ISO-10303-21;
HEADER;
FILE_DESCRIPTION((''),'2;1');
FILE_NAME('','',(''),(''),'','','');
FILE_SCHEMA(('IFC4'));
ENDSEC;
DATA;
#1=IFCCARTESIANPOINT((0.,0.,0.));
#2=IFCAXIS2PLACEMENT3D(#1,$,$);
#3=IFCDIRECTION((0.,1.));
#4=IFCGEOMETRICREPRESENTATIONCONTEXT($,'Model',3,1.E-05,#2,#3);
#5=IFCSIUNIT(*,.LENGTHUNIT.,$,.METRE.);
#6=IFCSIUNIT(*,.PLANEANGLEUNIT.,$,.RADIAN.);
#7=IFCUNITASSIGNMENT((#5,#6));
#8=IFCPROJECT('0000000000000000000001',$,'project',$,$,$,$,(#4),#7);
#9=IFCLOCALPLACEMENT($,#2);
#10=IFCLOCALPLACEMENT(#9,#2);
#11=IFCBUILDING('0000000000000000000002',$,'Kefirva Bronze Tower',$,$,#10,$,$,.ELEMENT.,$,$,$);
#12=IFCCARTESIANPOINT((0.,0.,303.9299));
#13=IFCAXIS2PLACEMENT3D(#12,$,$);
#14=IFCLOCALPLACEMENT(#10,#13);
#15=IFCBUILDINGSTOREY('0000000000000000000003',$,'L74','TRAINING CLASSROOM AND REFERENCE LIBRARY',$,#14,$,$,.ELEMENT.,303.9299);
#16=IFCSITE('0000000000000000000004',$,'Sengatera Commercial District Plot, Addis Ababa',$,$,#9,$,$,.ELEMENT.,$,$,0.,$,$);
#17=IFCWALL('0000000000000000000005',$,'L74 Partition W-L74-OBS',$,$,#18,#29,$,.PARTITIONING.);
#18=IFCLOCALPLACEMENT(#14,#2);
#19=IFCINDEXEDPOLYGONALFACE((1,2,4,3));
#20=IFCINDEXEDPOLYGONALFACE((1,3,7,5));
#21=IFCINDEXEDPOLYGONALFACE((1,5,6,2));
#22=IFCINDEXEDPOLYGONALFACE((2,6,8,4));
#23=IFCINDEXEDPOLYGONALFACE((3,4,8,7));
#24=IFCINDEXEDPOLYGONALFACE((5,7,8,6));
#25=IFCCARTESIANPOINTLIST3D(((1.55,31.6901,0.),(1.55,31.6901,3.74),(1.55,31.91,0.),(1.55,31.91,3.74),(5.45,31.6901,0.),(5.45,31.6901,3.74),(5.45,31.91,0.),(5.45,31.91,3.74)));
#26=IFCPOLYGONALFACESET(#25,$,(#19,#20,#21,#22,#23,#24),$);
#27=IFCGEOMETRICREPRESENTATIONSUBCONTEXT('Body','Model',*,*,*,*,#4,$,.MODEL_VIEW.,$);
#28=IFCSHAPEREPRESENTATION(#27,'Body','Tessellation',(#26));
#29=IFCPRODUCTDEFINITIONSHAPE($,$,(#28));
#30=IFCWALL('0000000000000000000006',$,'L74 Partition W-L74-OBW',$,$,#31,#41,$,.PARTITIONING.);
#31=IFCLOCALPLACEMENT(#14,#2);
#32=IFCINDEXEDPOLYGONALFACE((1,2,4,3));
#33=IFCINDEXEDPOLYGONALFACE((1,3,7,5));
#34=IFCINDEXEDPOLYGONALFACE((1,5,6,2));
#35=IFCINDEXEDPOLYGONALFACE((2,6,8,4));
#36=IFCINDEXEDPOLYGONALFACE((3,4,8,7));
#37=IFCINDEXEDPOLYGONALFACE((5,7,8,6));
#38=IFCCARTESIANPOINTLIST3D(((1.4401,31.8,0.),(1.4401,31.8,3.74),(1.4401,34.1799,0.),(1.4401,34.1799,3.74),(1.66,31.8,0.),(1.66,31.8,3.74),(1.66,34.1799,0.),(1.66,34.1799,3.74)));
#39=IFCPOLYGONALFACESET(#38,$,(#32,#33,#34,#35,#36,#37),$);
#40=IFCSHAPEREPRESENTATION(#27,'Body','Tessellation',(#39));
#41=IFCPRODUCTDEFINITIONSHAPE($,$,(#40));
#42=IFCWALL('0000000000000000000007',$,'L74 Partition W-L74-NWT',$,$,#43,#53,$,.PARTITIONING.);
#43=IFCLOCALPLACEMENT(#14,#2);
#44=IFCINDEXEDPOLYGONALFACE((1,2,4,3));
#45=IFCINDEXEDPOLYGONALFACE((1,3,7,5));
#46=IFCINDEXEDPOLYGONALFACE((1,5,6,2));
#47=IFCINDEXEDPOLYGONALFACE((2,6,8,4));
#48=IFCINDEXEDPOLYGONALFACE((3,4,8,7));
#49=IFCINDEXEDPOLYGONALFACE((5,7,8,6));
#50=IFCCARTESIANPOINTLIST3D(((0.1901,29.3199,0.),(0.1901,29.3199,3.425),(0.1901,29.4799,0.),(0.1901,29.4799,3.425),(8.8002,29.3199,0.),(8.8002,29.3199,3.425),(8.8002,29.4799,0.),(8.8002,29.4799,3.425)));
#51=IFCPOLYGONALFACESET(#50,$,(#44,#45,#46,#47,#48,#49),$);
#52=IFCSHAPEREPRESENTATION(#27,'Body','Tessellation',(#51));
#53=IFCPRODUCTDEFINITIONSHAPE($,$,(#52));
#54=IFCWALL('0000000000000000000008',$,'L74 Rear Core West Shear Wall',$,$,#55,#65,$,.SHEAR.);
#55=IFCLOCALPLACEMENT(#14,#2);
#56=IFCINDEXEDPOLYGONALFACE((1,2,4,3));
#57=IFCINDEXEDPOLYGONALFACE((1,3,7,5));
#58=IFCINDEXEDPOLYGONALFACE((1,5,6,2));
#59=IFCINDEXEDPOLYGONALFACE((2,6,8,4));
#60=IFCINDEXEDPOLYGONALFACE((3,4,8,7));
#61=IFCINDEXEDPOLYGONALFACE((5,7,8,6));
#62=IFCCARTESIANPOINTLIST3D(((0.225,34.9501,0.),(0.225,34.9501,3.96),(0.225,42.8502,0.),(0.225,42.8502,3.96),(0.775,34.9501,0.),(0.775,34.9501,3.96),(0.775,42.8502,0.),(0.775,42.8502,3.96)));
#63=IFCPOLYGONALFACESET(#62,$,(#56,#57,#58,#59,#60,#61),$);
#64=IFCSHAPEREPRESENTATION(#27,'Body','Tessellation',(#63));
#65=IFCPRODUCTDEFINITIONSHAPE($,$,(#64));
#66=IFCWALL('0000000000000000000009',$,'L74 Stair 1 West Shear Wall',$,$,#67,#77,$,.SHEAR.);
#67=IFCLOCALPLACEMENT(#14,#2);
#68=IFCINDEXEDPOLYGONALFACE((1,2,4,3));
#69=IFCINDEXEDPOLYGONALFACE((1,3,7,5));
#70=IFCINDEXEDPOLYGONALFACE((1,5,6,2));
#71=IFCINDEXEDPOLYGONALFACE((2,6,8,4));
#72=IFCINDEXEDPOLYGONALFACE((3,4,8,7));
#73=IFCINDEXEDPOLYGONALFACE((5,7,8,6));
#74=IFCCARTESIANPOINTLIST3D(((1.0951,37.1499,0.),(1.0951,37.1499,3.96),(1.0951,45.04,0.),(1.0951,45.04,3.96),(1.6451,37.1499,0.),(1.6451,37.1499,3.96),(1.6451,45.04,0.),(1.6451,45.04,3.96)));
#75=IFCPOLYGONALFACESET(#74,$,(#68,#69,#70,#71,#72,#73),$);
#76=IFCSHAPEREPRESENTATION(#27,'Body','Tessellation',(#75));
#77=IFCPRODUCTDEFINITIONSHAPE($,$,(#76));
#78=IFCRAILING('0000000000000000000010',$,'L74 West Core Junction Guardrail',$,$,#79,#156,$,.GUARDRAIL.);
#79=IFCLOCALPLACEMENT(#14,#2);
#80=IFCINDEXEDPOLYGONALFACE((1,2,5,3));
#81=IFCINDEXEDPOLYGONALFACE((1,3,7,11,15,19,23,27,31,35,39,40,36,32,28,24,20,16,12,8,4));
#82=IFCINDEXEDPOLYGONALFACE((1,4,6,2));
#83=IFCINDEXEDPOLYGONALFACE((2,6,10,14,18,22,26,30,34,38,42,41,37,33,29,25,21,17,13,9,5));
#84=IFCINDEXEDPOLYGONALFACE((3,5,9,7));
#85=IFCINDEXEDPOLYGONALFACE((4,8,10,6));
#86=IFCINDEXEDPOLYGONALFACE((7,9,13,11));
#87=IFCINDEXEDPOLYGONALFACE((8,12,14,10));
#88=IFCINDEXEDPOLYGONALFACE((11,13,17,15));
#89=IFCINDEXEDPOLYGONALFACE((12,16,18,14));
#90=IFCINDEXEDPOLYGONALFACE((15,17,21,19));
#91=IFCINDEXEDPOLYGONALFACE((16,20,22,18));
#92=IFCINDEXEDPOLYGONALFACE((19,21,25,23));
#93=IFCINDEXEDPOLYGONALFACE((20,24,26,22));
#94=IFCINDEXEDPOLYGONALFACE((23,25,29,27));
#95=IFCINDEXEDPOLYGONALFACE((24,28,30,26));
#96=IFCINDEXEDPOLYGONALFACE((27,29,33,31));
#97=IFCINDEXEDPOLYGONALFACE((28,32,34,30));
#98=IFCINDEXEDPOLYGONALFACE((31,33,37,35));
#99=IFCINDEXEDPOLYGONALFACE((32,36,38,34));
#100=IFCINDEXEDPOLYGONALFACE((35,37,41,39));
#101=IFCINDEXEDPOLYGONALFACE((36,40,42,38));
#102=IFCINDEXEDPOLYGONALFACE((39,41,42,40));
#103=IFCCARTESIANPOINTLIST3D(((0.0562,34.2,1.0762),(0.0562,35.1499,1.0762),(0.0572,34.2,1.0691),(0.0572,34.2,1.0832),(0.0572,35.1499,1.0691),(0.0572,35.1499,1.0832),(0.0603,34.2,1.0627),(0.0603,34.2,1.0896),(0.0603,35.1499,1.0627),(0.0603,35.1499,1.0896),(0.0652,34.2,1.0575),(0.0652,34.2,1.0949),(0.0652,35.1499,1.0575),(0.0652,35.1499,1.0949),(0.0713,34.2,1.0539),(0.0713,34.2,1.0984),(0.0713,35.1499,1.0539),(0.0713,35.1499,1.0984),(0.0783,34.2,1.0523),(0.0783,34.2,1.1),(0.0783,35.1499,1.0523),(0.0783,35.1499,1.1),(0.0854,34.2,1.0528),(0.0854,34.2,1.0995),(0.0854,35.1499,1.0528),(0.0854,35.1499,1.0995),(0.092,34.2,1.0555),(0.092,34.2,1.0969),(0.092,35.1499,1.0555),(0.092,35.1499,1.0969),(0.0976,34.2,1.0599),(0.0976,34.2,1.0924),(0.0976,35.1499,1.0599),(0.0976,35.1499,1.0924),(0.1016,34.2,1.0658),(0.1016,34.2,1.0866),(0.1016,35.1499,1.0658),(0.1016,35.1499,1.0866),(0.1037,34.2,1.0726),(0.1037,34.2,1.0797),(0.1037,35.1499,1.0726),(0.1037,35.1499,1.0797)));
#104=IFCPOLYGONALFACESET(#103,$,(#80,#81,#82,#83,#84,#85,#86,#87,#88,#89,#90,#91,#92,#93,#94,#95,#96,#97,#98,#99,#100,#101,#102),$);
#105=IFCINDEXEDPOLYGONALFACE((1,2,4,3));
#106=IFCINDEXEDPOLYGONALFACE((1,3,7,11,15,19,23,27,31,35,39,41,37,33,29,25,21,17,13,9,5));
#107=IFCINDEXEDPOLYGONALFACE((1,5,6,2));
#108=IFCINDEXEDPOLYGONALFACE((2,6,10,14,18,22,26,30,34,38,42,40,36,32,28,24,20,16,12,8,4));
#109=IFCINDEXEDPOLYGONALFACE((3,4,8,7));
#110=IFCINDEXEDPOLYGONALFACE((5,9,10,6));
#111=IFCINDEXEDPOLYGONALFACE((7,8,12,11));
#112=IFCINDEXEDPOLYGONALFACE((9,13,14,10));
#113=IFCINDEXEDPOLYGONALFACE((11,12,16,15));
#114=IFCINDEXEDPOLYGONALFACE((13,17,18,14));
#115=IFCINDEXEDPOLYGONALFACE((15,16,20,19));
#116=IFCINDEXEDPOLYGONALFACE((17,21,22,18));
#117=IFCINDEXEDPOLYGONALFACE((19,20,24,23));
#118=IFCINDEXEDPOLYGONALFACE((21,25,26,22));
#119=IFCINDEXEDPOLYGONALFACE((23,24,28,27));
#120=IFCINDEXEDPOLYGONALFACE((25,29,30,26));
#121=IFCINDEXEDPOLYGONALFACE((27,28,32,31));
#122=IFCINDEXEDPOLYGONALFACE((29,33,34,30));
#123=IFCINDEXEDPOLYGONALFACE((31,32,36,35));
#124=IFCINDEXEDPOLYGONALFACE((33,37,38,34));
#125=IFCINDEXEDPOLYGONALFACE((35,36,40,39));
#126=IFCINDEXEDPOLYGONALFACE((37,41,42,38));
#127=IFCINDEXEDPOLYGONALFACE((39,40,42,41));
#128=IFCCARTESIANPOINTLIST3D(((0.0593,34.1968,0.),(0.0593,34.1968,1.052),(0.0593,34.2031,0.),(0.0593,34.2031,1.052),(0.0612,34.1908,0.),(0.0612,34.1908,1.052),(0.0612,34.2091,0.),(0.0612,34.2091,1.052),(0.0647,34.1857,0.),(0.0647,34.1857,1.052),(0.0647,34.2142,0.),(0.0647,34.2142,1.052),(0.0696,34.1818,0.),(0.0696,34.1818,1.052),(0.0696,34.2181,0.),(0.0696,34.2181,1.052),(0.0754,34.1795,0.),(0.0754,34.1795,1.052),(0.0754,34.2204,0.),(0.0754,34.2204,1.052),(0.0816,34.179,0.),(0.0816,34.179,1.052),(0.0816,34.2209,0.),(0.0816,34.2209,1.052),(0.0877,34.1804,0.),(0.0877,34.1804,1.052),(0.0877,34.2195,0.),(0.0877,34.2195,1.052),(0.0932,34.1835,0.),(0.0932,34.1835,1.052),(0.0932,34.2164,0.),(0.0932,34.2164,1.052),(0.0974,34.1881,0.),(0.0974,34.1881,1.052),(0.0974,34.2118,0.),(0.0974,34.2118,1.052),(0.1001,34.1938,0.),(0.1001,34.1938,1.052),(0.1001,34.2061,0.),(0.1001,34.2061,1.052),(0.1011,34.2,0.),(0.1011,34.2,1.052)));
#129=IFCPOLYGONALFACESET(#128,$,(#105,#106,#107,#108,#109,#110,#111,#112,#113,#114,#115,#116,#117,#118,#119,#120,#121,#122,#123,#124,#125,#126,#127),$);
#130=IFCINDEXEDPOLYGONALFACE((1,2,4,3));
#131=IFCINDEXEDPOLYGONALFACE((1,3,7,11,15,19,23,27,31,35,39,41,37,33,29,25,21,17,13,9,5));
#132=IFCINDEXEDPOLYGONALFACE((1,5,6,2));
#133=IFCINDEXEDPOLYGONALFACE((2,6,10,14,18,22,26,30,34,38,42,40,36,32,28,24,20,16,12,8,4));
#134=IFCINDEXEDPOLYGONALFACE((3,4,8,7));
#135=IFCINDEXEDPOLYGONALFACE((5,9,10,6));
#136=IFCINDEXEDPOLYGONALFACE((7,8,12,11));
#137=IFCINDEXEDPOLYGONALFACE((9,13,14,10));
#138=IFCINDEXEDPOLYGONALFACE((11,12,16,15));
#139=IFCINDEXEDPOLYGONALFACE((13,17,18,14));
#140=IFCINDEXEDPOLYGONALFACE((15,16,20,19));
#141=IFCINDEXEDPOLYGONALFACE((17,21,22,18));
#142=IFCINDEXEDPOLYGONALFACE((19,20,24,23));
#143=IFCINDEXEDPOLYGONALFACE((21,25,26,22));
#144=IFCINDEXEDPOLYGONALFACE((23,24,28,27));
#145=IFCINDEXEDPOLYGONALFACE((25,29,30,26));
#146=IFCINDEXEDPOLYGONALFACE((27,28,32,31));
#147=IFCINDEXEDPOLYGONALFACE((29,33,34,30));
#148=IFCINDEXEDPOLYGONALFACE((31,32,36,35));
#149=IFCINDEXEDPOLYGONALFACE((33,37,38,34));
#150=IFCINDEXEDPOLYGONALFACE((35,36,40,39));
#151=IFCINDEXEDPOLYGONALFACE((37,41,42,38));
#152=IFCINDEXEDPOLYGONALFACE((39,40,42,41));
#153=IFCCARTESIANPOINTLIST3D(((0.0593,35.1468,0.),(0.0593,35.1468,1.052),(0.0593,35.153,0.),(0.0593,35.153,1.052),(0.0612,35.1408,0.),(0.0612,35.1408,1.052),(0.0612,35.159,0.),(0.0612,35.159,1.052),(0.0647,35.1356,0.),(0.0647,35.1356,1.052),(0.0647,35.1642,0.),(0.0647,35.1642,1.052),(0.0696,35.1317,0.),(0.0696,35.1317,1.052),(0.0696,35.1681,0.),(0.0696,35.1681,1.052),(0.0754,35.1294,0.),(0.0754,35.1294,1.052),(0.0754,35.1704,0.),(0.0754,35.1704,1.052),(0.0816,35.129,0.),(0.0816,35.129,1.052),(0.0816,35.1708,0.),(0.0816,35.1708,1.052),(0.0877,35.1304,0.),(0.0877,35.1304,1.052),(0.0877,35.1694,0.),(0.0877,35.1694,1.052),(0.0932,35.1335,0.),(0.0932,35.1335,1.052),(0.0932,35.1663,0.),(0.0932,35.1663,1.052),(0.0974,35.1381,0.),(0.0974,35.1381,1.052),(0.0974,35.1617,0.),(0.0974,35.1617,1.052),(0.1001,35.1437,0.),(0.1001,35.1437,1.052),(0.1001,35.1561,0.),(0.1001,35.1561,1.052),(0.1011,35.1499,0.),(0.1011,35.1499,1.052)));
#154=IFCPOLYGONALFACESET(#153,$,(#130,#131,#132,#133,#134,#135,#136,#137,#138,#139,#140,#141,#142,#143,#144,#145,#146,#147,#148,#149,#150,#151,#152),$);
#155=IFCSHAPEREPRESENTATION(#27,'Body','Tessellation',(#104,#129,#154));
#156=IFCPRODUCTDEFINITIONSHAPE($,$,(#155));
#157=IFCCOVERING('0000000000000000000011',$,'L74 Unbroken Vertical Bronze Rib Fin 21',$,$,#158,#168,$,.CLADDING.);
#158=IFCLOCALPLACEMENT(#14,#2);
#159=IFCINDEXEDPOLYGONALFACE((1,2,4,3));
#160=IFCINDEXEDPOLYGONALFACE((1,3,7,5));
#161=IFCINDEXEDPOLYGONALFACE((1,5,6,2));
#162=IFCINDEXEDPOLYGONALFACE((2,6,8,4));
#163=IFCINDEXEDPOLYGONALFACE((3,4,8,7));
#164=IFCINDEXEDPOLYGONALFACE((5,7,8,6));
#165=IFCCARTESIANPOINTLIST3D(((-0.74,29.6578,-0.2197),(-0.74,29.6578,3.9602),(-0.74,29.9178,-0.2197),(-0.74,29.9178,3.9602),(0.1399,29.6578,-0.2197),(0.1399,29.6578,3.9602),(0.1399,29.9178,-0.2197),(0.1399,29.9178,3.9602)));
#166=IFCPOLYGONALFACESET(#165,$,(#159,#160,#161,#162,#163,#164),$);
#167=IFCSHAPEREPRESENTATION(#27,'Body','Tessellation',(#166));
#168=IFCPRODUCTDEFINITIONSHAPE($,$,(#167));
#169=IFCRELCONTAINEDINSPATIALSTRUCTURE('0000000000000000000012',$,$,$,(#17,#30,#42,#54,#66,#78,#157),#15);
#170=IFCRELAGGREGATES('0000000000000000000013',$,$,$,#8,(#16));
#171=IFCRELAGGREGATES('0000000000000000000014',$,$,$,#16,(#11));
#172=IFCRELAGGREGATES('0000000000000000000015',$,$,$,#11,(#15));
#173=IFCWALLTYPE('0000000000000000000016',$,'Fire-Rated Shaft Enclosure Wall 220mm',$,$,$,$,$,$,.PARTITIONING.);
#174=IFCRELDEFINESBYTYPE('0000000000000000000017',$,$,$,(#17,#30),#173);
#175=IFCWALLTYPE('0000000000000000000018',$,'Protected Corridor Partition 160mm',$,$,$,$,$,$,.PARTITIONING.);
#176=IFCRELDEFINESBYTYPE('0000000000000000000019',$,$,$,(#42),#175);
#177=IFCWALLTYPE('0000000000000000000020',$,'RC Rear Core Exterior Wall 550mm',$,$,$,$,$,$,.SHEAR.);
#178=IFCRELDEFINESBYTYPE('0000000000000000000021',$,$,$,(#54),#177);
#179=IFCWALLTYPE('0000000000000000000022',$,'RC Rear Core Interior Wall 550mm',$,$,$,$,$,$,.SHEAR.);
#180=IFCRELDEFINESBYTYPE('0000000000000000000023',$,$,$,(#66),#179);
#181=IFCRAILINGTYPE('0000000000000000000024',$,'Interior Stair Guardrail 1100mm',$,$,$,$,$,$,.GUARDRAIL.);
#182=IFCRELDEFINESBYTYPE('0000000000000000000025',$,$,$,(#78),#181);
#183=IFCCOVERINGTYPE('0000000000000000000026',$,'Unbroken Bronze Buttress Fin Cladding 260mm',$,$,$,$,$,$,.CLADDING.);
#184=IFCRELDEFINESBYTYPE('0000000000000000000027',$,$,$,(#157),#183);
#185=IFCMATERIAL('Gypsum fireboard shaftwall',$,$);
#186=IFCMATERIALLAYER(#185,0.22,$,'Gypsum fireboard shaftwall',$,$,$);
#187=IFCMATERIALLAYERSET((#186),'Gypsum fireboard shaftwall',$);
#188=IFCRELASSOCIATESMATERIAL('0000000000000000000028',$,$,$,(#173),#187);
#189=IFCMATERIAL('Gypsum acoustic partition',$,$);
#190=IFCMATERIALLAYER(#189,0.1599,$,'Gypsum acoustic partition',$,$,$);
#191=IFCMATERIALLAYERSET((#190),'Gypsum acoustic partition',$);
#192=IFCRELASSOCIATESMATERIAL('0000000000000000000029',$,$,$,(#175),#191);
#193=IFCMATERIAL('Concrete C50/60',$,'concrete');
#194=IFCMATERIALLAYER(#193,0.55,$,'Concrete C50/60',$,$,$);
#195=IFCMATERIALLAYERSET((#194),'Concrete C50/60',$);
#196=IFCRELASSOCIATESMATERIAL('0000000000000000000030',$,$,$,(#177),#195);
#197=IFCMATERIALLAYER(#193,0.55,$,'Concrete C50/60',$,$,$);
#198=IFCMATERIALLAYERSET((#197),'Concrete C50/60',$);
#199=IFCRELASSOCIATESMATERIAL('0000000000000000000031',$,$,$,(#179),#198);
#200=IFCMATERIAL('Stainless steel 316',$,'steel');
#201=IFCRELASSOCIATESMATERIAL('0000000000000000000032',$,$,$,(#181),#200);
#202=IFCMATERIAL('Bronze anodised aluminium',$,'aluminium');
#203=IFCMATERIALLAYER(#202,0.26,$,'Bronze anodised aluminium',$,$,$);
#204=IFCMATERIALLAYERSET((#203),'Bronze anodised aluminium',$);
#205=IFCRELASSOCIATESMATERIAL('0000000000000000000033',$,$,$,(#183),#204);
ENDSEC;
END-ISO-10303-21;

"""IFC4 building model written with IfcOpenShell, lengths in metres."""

from ifc_helpers import new_model, si_unit, direction, frame, frame_2d, origin, origin_2d, place, context, subcontext, project, spatial, rectangle, circle, extrude, material, layer, layer_set, type_object, element, save


model = new_model("IFC4")

# Units and contexts
model_context = context("Model", 3, precision=1e-05, world=origin(), true_north=direction((0.0, 1.0)))
body_context = subcontext(model_context, "Body", "Model", "MODEL_VIEW")
ifc_project = project(units=[si_unit("LENGTHUNIT", "METRE"), si_unit("PLANEANGLEUNIT", "RADIAN")], contexts=[model_context])

# Site, building, storey
site_placement = place(None, origin())
site = spatial("IfcSite", under=ifc_project, at=site_placement, Name="Sengatera Commercial District Plot, Addis Ababa", CompositionType="ELEMENT", RefElevation=0.0)
building_placement = place(site_placement, origin())
building = spatial("IfcBuilding", under=site, at=building_placement, Name="Kefirva Bronze Tower", CompositionType="ELEMENT")
storey_placement = place(building_placement, frame((0.0, 0.0, 303.9299)))
storey = spatial("IfcBuildingStorey", under=building, at=storey_placement, Name="L74", Description="TRAINING CLASSROOM AND REFERENCE LIBRARY", CompositionType="ELEMENT", Elevation=303.9299)

# Shared definitions
ifc_material_1 = material(Name="Concrete C50/60", Category="concrete")

# Shared definitions
ifc_material_2 = material(Name="Bronze anodised aluminium", Category="aluminium")

# Walls
ifc_material_3 = material(Name="Gypsum fireboard shaftwall")
ifc_layer_1 = layer(ifc_material_3, 0.22, Name="Gypsum fireboard shaftwall")
ifc_layer_set_1 = layer_set([ifc_layer_1], Name="Gypsum fireboard shaftwall")
wall_type_1 = type_object("IfcWallType", Name="Fire-Rated Shaft Enclosure Wall 220mm", PredefinedType="PARTITIONING", material=ifc_layer_set_1)
wall_1_placement = place(storey_placement, frame((1.55, 31.8, 0.0), z_axis=(0.0, 0.0, 1.0), x_axis=(1.0, 0.0, 0.0)))
element("IfcWall", 1, at=wall_1_placement, inside=storey, type_object=wall_type_1, Name="L74 Partition W-L74-OBS", PredefinedType="PARTITIONING", context=body_context, shape_type="SweptSolid", body=[
    extrude(rectangle(XDim=3.8999, YDim=0.22, at=frame_2d((1.95, 0.0))), origin(), (0.0, 0.0, 1.0), 3.74),
])
wall_2_placement = place(storey_placement, frame((1.55, 31.8, 0.0), z_axis=(0.0, 0.0, 1.0), x_axis=(0.0, 1.0, 0.0)))
element("IfcWall", 2, at=wall_2_placement, inside=storey, type_object=wall_type_1, Name="L74 Partition W-L74-OBW", PredefinedType="PARTITIONING", context=body_context, shape_type="SweptSolid", body=[
    extrude(rectangle(XDim=2.3799, YDim=0.22, at=frame_2d((1.1899, 0.0))), origin(), (0.0, 0.0, 1.0), 3.74),
])
ifc_material_4 = material(Name="Gypsum acoustic partition")
ifc_layer_2 = layer(ifc_material_4, 0.1599, Name="Gypsum acoustic partition")
ifc_layer_set_2 = layer_set([ifc_layer_2], Name="Gypsum acoustic partition")
wall_type_2 = type_object("IfcWallType", Name="Protected Corridor Partition 160mm", PredefinedType="PARTITIONING", material=ifc_layer_set_2)
wall_3_placement = place(storey_placement, frame((0.1899, 29.3999, 0.0), z_axis=(0.0, 0.0, 1.0), x_axis=(1.0, 0.0, 0.0)))
element("IfcWall", 3, at=wall_3_placement, inside=storey, type_object=wall_type_2, Name="L74 Partition W-L74-NWT", PredefinedType="PARTITIONING", context=body_context, shape_type="SweptSolid", body=[
    extrude(rectangle(XDim=8.6101, YDim=0.1599, at=frame_2d((4.3052, 0.0))), origin(), (0.0, 0.0, 1.0), 3.425),
])
ifc_layer_3 = layer(ifc_material_1, 0.55, Name="Concrete C50/60")
ifc_layer_set_3 = layer_set([ifc_layer_3], Name="Concrete C50/60")
wall_type_3 = type_object("IfcWallType", Name="RC Rear Core Exterior Wall 550mm", PredefinedType="SHEAR", material=ifc_layer_set_3)
wall_4_placement = place(storey_placement, frame((0.5, 34.95, 0.0), z_axis=(0.0, 0.0, 1.0), x_axis=(0.0, 1.0, 0.0)))
element("IfcWall", 4, at=wall_4_placement, inside=storey, type_object=wall_type_3, Name="L74 Rear Core West Shear Wall", PredefinedType="SHEAR", context=body_context, shape_type="SweptSolid", body=[
    extrude(rectangle(XDim=7.9001, YDim=0.55, at=frame_2d((3.9502, 0.0))), origin(), (0.0, 0.0, 1.0), 3.96),
])

# Shared definitions
ifc_layer_4 = layer(ifc_material_1, 0.55, Name="Concrete C50/60")
ifc_layer_set_4 = layer_set([ifc_layer_4], Name="Concrete C50/60")
wall_type_4 = type_object("IfcWallType", Name="RC Rear Core Interior Wall 550mm", PredefinedType="SHEAR", material=ifc_layer_set_4)

# Wall
wall_5_placement = place(storey_placement, frame((1.3701, 37.1499, 0.0), z_axis=(0.0, 0.0, 1.0), x_axis=(0.0, 1.0, 0.0)))
element("IfcWall", 5, at=wall_5_placement, inside=storey, type_object=wall_type_4, Name="L74 Stair 1 West Shear Wall", PredefinedType="SHEAR", context=body_context, shape_type="SweptSolid", body=[
    extrude(rectangle(XDim=7.8901, YDim=0.55, at=frame_2d((3.9451, 0.0))), origin(), (0.0, 0.0, 1.0), 3.96),
])

# Railing
ifc_material_5 = material(Name="Stainless steel 316", Category="steel")
railing_type = type_object("IfcRailingType", Name="Interior Stair Guardrail 1100mm", PredefinedType="GUARDRAIL", material=ifc_material_5)
railing_placement = place(storey_placement, frame((0.0801, 34.2, 0.0)))
element("IfcRailing", 6, at=railing_placement, inside=storey, type_object=railing_type, Name="L74 West Core Junction Guardrail", PredefinedType="GUARDRAIL", context=body_context, shape_type="SweptSolid", body=[
    extrude(circle(Radius=0.0239, at=origin_2d()), frame((0.0, 0.0, 1.0762), z_axis=(0.0, 1.0, 0.0), x_axis=(-1.0, 0.0, 0.0)), (0.0, 0.0, 1.0), 0.95),
    extrude(circle(Radius=0.021, at=origin_2d()), origin(), (0.0, 0.0, 1.0), 1.052),
    extrude(circle(Radius=0.021, at=origin_2d()), frame((0.0, 0.95, 0.0)), (0.0, 0.0, 1.0), 1.052),
])

# Covering
ifc_layer_5 = layer(ifc_material_2, 0.26, Name="Bronze anodised aluminium")
ifc_layer_set_5 = layer_set([ifc_layer_5], Name="Bronze anodised aluminium")
covering_type = type_object("IfcCoveringType", Name="Unbroken Bronze Buttress Fin Cladding 260mm", PredefinedType="CLADDING", material=ifc_layer_set_5)
covering_placement = place(storey_placement, frame((-0.3, 29.7878, -0.2197), z_axis=(0.0, 0.0, 1.0), x_axis=(0.0, -1.0, 0.0)))
element("IfcCovering", 7, at=covering_placement, inside=storey, type_object=covering_type, Name="L74 Unbroken Vertical Bronze Rib Fin 21", PredefinedType="CLADDING", context=body_context, shape_type="SweptSolid", body=[
    extrude(rectangle(XDim=0.26, YDim=0.8799, at=origin_2d()), origin(), (0.0, 0.0, 1.0), 4.1799),
])

save(model, "model.ifc")
